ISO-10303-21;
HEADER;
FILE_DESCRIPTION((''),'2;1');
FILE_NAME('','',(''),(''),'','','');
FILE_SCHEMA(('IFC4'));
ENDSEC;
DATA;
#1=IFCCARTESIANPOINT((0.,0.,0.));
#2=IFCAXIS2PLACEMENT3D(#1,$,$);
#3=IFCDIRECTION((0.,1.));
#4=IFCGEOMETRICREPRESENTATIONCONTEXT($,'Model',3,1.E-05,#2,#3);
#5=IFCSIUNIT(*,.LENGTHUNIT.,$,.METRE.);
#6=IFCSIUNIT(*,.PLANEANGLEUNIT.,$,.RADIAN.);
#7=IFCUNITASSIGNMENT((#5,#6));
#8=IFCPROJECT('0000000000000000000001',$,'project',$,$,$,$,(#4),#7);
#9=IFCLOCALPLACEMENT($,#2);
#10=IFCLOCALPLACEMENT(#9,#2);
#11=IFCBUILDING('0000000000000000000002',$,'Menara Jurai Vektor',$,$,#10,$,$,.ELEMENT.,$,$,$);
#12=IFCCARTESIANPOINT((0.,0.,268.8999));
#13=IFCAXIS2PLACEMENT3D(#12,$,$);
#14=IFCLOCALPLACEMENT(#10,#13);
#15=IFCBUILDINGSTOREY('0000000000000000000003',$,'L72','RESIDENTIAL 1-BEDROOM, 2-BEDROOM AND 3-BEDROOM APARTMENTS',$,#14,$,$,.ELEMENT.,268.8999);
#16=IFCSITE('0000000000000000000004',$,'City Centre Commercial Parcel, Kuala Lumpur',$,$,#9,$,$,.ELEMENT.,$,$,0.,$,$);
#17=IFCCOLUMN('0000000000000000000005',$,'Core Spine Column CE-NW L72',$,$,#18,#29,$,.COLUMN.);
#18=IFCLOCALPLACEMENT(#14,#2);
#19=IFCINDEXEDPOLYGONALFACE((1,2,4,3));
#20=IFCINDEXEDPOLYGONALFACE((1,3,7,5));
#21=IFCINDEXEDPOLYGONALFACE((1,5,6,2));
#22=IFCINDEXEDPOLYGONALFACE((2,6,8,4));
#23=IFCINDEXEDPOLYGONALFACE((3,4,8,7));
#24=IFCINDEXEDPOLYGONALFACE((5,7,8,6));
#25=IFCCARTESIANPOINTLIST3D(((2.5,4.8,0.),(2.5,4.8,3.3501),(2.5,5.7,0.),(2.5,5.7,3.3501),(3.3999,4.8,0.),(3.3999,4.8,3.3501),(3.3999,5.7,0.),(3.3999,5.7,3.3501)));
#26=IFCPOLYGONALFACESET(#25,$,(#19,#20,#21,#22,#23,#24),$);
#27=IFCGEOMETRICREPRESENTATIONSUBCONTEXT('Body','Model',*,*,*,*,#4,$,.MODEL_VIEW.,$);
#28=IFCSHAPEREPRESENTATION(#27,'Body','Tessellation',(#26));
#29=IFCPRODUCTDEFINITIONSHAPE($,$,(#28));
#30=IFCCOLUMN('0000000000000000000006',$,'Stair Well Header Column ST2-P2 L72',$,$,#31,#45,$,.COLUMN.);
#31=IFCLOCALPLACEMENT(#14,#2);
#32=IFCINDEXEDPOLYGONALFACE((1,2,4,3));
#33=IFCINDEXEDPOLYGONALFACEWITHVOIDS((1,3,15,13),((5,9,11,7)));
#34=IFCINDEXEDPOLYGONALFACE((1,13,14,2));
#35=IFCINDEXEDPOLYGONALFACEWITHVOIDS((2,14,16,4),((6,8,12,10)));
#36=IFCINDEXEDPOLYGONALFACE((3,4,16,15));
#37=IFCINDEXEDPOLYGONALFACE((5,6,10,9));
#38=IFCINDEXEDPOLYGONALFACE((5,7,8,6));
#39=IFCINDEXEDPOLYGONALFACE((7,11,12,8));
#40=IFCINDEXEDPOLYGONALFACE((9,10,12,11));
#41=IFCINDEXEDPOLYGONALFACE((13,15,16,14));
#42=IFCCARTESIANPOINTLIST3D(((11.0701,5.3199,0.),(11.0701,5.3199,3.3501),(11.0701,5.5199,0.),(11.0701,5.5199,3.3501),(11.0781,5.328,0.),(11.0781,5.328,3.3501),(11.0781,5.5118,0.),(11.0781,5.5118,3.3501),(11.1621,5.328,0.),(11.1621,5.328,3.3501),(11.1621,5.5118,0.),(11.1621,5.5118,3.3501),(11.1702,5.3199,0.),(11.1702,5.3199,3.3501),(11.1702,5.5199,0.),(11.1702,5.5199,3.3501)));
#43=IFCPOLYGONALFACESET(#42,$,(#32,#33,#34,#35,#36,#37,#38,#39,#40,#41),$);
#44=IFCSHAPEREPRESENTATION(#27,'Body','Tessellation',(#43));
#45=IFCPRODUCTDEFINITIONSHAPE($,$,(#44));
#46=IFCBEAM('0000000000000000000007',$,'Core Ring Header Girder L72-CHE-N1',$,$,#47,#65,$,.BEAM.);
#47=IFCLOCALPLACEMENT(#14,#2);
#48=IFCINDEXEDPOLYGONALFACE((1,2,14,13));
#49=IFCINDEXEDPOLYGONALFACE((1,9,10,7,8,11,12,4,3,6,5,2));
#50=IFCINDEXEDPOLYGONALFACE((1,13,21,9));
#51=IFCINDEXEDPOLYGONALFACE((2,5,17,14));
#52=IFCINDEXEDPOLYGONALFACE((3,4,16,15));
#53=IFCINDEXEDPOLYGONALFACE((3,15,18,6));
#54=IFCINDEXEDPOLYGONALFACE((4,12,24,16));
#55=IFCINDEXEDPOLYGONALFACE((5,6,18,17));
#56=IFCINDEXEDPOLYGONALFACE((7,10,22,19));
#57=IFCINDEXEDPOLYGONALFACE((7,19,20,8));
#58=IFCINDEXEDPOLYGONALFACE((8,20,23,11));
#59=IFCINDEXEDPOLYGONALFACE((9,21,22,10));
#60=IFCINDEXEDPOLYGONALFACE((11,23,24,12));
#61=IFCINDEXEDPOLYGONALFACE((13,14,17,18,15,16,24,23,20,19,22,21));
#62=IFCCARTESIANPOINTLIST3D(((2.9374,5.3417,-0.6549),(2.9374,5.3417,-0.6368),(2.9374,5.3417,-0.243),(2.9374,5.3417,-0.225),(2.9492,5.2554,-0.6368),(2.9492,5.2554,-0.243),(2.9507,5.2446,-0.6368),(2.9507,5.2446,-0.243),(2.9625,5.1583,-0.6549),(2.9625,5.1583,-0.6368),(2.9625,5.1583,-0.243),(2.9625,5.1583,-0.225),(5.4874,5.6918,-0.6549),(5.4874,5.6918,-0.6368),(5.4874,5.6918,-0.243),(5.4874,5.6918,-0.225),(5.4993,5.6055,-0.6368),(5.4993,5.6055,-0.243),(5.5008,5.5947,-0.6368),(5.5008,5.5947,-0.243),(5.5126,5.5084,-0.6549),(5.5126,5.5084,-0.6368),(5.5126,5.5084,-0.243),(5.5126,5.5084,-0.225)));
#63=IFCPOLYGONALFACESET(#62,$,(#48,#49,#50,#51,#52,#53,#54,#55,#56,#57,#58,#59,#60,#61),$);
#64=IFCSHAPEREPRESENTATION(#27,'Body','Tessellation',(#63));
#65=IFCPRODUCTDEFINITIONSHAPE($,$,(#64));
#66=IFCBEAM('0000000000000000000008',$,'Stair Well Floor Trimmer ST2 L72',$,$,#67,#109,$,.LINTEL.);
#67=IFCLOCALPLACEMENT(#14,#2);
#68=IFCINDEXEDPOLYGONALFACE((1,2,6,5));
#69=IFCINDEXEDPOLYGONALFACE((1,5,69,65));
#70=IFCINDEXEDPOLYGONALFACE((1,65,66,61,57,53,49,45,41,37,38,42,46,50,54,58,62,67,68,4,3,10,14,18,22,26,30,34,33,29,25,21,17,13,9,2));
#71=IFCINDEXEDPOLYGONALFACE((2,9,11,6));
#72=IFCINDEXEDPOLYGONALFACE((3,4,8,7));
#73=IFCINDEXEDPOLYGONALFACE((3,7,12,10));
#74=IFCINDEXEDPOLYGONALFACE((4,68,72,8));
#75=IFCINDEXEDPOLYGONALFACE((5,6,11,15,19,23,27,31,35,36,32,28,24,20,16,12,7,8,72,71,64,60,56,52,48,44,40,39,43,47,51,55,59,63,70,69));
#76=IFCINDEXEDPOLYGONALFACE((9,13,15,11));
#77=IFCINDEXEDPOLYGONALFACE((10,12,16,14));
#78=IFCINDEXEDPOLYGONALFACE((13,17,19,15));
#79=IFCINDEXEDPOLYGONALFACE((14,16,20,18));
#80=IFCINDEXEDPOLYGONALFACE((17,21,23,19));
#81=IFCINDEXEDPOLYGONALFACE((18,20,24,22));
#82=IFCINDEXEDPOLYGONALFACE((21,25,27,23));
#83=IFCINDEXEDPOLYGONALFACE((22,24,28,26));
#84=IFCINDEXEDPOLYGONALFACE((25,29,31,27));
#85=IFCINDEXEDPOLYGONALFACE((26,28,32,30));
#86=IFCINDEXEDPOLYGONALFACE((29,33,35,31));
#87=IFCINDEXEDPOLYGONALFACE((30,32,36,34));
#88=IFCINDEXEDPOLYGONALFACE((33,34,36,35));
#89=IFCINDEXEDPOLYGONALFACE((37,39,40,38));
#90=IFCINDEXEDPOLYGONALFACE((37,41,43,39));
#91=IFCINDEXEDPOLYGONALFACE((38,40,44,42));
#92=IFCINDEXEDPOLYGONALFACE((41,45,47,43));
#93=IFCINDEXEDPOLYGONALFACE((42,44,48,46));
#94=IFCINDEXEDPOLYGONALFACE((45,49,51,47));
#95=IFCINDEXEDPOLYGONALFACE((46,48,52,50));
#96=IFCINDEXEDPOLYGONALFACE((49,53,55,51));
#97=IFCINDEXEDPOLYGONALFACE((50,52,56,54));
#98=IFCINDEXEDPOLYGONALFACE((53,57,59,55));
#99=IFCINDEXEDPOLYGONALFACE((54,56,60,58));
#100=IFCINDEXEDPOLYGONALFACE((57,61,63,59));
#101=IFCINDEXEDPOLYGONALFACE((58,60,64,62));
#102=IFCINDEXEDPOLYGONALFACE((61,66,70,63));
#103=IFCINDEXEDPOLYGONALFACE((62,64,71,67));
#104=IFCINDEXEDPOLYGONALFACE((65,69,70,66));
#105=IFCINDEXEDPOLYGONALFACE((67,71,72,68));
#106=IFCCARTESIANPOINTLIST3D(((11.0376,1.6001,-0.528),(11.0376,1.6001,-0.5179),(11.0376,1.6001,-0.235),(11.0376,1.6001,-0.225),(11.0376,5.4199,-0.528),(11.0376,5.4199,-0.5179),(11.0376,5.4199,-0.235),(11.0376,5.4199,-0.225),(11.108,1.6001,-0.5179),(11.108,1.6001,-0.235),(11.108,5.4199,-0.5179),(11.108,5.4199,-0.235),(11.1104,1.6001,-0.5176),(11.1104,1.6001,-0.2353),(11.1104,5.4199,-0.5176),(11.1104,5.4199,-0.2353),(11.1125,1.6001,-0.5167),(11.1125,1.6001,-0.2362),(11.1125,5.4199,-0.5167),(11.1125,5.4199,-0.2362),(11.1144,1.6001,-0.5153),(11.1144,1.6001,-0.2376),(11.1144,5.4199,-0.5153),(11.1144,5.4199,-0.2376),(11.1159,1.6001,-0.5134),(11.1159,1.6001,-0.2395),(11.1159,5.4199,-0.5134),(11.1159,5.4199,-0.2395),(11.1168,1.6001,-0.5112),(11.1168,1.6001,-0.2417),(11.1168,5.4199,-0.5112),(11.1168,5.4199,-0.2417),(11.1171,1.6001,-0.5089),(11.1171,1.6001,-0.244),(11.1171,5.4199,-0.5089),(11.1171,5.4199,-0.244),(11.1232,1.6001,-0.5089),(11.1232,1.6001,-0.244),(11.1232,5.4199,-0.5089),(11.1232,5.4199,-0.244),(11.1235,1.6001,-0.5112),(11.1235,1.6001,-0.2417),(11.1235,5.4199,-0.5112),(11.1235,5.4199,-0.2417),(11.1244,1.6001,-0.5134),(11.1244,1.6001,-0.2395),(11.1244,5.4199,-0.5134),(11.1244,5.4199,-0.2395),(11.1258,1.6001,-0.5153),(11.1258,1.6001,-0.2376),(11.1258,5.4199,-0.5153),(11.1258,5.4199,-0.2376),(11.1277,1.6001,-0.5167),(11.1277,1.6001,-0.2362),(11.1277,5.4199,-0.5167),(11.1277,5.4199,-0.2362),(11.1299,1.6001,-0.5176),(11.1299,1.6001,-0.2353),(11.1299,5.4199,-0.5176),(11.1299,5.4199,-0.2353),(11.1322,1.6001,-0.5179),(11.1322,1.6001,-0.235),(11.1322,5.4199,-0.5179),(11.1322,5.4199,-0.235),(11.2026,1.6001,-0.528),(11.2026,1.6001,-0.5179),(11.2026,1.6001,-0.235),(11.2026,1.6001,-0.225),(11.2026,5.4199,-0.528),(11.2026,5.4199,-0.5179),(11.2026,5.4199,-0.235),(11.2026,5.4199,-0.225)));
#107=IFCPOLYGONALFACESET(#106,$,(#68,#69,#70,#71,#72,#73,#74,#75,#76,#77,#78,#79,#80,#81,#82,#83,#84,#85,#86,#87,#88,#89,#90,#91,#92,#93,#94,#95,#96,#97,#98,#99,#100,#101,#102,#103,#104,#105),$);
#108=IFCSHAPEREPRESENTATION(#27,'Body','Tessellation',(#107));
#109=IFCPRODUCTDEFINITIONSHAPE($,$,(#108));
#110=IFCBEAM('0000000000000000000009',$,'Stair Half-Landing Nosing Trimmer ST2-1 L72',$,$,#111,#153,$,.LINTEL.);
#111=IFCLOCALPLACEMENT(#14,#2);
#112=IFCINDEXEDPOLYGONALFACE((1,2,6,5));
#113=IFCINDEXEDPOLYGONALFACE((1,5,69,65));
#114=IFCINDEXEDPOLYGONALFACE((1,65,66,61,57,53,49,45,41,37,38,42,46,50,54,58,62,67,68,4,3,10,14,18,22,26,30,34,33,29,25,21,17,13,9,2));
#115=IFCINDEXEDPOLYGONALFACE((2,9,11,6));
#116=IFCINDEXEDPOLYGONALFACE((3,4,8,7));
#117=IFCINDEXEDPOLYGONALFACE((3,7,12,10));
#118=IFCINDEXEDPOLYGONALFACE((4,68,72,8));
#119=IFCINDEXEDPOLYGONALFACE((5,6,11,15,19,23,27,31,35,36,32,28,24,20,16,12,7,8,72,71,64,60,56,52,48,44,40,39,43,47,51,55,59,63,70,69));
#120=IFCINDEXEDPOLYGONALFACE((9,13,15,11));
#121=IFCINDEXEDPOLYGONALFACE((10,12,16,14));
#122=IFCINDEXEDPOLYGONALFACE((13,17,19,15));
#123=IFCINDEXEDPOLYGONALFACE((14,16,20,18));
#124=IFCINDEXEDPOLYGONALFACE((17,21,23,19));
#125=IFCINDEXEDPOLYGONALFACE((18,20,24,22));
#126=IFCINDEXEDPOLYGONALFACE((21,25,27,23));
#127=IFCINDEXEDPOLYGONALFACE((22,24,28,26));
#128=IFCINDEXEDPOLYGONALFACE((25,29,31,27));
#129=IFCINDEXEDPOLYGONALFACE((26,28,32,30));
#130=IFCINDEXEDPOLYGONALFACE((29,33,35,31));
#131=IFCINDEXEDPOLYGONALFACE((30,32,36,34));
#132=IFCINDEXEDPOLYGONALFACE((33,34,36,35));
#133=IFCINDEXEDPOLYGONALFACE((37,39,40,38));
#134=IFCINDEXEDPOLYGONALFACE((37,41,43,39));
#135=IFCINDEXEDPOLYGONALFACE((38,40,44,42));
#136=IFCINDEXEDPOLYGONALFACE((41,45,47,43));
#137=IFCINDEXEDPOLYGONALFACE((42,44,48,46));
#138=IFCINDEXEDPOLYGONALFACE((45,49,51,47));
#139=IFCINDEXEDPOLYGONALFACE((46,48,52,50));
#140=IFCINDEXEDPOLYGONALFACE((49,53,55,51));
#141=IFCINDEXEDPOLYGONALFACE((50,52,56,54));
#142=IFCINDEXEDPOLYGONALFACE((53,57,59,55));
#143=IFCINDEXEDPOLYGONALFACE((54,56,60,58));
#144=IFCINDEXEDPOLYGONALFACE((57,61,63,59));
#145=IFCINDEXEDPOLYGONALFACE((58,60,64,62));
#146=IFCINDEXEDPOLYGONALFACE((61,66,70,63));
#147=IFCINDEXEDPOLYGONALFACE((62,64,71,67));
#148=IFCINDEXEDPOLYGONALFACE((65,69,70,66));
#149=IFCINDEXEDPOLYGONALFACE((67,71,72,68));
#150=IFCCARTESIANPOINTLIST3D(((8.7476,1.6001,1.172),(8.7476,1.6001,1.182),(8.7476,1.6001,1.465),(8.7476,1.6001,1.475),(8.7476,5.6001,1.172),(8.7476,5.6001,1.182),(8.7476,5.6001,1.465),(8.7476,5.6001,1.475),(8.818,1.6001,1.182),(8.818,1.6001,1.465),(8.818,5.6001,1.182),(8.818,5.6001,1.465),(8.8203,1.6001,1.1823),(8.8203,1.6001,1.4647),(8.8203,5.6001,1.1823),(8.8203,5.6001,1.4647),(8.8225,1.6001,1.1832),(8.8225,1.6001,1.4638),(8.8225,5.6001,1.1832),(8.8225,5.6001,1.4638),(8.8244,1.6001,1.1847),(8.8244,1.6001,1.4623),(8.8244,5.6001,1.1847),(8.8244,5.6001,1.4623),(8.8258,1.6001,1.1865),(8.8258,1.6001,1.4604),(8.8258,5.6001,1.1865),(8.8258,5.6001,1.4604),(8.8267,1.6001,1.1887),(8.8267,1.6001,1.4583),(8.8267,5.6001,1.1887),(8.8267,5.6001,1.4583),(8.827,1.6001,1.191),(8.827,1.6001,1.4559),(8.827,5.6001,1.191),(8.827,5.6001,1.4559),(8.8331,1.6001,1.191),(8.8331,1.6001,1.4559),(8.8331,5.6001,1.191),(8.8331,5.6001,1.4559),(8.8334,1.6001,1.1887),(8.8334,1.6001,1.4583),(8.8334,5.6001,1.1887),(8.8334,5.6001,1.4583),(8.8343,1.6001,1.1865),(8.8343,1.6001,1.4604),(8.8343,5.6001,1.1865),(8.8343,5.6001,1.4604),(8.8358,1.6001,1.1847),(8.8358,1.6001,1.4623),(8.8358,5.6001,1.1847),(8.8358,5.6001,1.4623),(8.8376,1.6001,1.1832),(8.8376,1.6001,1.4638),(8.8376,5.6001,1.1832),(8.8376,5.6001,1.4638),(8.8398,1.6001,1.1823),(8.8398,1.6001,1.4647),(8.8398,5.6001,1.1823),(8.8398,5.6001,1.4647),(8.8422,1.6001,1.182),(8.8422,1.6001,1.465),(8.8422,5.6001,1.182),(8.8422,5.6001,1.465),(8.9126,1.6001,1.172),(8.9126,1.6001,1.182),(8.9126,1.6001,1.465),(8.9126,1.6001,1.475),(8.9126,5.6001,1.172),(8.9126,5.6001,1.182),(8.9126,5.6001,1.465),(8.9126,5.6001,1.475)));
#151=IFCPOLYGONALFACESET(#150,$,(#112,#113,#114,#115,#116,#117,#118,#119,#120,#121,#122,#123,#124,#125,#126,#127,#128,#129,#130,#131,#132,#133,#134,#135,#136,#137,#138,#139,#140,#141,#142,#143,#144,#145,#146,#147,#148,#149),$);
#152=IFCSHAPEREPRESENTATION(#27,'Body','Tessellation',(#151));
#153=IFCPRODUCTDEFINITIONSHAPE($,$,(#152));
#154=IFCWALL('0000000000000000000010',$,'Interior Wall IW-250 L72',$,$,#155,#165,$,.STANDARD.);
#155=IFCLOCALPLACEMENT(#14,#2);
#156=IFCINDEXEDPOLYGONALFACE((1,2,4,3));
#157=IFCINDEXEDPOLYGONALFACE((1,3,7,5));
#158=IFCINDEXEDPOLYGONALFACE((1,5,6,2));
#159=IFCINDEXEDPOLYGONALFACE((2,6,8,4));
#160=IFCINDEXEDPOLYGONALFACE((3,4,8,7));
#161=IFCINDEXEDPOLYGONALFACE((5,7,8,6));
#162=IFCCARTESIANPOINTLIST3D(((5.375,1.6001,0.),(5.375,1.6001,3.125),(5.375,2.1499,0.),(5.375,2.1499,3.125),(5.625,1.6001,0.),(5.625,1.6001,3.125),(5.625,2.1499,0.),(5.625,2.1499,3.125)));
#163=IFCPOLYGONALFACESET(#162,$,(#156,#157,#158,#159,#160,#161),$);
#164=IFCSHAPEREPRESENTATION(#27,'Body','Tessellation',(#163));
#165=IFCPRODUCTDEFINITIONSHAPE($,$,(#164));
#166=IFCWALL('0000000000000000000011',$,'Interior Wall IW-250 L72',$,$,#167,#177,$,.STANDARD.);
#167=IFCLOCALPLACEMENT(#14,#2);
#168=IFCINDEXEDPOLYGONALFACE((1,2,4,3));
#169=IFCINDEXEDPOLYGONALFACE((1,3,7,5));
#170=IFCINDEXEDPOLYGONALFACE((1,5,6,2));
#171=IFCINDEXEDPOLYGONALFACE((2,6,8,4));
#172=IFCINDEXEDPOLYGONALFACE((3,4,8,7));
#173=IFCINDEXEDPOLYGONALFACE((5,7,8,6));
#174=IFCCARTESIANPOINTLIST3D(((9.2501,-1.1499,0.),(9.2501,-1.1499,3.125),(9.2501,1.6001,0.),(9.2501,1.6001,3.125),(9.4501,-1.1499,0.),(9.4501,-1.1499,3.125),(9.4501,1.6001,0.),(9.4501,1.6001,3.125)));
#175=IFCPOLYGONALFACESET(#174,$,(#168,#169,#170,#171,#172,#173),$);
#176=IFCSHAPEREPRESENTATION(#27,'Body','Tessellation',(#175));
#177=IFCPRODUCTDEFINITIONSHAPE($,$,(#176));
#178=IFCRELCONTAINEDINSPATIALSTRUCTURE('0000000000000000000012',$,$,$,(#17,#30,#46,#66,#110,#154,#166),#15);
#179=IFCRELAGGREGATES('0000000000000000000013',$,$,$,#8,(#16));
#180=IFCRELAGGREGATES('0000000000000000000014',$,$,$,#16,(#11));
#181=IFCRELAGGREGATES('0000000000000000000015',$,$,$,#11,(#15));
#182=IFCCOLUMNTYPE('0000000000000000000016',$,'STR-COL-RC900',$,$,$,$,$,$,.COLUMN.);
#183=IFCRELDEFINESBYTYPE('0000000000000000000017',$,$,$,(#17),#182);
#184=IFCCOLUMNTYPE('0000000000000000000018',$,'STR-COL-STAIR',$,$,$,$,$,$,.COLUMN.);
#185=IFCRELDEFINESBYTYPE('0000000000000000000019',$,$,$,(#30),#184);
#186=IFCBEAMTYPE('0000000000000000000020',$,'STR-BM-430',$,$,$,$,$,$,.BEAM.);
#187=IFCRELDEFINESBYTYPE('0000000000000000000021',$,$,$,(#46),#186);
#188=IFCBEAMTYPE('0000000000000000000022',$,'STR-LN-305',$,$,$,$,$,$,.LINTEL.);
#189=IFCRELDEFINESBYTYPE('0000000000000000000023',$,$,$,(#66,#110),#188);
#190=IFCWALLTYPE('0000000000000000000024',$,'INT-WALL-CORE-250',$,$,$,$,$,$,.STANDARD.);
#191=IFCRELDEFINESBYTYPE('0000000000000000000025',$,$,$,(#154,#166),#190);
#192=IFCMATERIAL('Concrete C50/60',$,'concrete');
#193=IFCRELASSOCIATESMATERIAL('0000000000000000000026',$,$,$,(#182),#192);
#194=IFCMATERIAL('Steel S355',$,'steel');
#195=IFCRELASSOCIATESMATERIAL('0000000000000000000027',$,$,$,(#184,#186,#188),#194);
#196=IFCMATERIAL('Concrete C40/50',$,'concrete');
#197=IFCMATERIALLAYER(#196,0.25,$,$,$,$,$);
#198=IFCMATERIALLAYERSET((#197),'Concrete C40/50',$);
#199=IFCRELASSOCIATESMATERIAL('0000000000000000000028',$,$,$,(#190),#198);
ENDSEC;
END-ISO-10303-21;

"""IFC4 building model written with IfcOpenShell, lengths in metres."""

from ifc_helpers import new_model, si_unit, direction, frame, frame_2d, origin, origin_2d, place, context, subcontext, project, spatial, rectangle, hollow_rectangle, i_section, extrude, material, layer, layer_set, material_profile, profile_set, type_object, element, save


model = new_model("IFC4")

# Units and contexts
model_context = context("Model", 3, precision=1e-05, world=origin(), true_north=direction((0.0, 1.0)))
body_context = subcontext(model_context, "Body", "Model", "MODEL_VIEW")
ifc_project = project(units=[si_unit("LENGTHUNIT", "METRE"), si_unit("PLANEANGLEUNIT", "RADIAN")], contexts=[model_context])

# Site, building, storey
site_placement = place(None, origin())
site = spatial("IfcSite", under=ifc_project, at=site_placement, Name="City Centre Commercial Parcel, Kuala Lumpur", CompositionType="ELEMENT", RefElevation=0.0)
building_placement = place(site_placement, origin())
building = spatial("IfcBuilding", under=site, at=building_placement, Name="Menara Jurai Vektor", CompositionType="ELEMENT")
storey_placement = place(building_placement, frame((0.0, 0.0, 268.8999)))
storey = spatial("IfcBuildingStorey", under=building, at=storey_placement, Name="L72", Description="RESIDENTIAL 1-BEDROOM, 2-BEDROOM AND 3-BEDROOM APARTMENTS", CompositionType="ELEMENT", Elevation=268.8999)

# Columns
ifc_material_1 = material(Name="Concrete C50/60", Category="concrete")
ifc_material_profile_1 = material_profile(ifc_material_1, rectangle(XDim=0.8999, YDim=0.8999, at=origin_2d()), Name="RC 900x900")
ifc_profile_set_1 = profile_set([ifc_material_profile_1], Name="Concrete C50/60")
column_type_1 = type_object("IfcColumnType", Name="STR-COL-RC900", PredefinedType="COLUMN", material=ifc_profile_set_1)
column_1_placement = place(storey_placement, frame((2.95, 5.25, 0.0), z_axis=(0.0, 0.0, 1.0), x_axis=(1.0, 0.0, 0.0)))
element("IfcColumn", 1, at=column_1_placement, inside=storey, type_object=column_type_1, Name="Core Spine Column CE-NW L72", PredefinedType="COLUMN", context=body_context, shape_type="SweptSolid", body=[
    extrude(rectangle(XDim=0.8999, YDim=0.8999, at=origin_2d()), origin(), (0.0, 0.0, 1.0), 3.3501),
])
ifc_material_2 = material(Name="Steel S355", Category="steel")
ifc_material_profile_2 = material_profile(ifc_material_2, hollow_rectangle(XDim=0.1001, YDim=0.2, WallThickness=0.0081, at=origin_2d()), Name="RHS 200x100x8")
ifc_profile_set_2 = profile_set([ifc_material_profile_2], Name="Steel S355")
column_type_2 = type_object("IfcColumnType", Name="STR-COL-STAIR", PredefinedType="COLUMN", material=ifc_profile_set_2)
column_2_placement = place(storey_placement, frame((11.1201, 5.4199, 0.0), z_axis=(0.0, 0.0, 1.0), x_axis=(1.0, 0.0, 0.0)))
element("IfcColumn", 2, at=column_2_placement, inside=storey, type_object=column_type_2, Name="Stair Well Header Column ST2-P2 L72", PredefinedType="COLUMN", context=body_context, shape_type="SweptSolid", body=[
    extrude(hollow_rectangle(XDim=0.1001, YDim=0.2, WallThickness=0.0081, at=origin_2d()), origin(), (0.0, 0.0, 1.0), 3.3501),
])

# Beams
ifc_material_profile_3 = material_profile(ifc_material_2, i_section(OverallWidth=0.1851, OverallDepth=0.4299, WebThickness=0.011, FlangeThickness=0.0181, at=origin_2d()), Name="PG 430x185x76")
ifc_profile_set_3 = profile_set([ifc_material_profile_3], Name="Steel S355")
beam_type_1 = type_object("IfcBeamType", Name="STR-BM-430", PredefinedType="BEAM", material=ifc_profile_set_3)
beam_1_placement = place(storey_placement, frame((2.95, 5.25, -0.4399), z_axis=(0.990707, 0.136015, 0.0), x_axis=(-0.136015, 0.990707, 0.0)))
element("IfcBeam", 3, at=beam_1_placement, inside=storey, type_object=beam_type_1, Name="Core Ring Header Girder L72-CHE-N1", PredefinedType="BEAM", context=body_context, shape_type="SweptSolid", body=[
    extrude(i_section(OverallWidth=0.1851, OverallDepth=0.4299, WebThickness=0.011, FlangeThickness=0.0181, at=origin_2d()), origin(), (0.0, 0.0, 1.0), 2.574),
])
ifc_material_profile_4 = material_profile(ifc_material_2, i_section(OverallWidth=0.165, OverallDepth=0.303, WebThickness=0.0061, FlangeThickness=0.01, FilletRadius=0.009, at=origin_2d()), Name="UKB 305x165x40")
ifc_profile_set_4 = profile_set([ifc_material_profile_4], Name="Steel S355")
beam_type_2 = type_object("IfcBeamType", Name="STR-LN-305", PredefinedType="LINTEL", material=ifc_profile_set_4)
beam_2_placement = place(storey_placement, frame((11.1201, 1.6001, -0.3765), z_axis=(0.0, 1.0, 0.0), x_axis=(-1.0, 0.0, 0.0)))
element("IfcBeam", 4, at=beam_2_placement, inside=storey, type_object=beam_type_2, Name="Stair Well Floor Trimmer ST2 L72", PredefinedType="LINTEL", context=body_context, shape_type="SweptSolid", body=[
    extrude(i_section(OverallWidth=0.165, OverallDepth=0.303, WebThickness=0.0061, FlangeThickness=0.01, FilletRadius=0.009, at=origin_2d()), origin(), (0.0, 0.0, 1.0), 3.8198),
])
beam_3_placement = place(storey_placement, frame((8.8301, 1.6001, 1.3235), z_axis=(0.0, 1.0, 0.0), x_axis=(-1.0, 0.0, 0.0)))
element("IfcBeam", 5, at=beam_3_placement, inside=storey, type_object=beam_type_2, Name="Stair Half-Landing Nosing Trimmer ST2-1 L72", PredefinedType="LINTEL", context=body_context, shape_type="SweptSolid", body=[
    extrude(i_section(OverallWidth=0.165, OverallDepth=0.303, WebThickness=0.0061, FlangeThickness=0.01, FilletRadius=0.009, at=origin_2d()), origin(), (0.0, 0.0, 1.0), 4.0),
])

# Shared definitions
ifc_material_3 = material(Name="Concrete C40/50", Category="concrete")
ifc_layer_1 = layer(ifc_material_3, 0.25)
ifc_layer_set_1 = layer_set([ifc_layer_1], Name="Concrete C40/50")
wall_type_1 = type_object("IfcWallType", Name="INT-WALL-CORE-250", PredefinedType="STANDARD", material=ifc_layer_set_1)

# Wall
wall_1_placement = place(storey_placement, frame((5.5, 1.6001, 0.0), z_axis=(0.0, 0.0, 1.0), x_axis=(0.0, 1.0, 0.0)))
element("IfcWall", 6, at=wall_1_placement, inside=storey, type_object=wall_type_1, Name="Interior Wall IW-250 L72", PredefinedType="STANDARD", context=body_context, shape_type="SweptSolid", body=[
    extrude(rectangle(XDim=0.5498, YDim=0.25, at=frame_2d((0.2749, 0.0))), origin(), (0.0, 0.0, 1.0), 3.125),
])

# Wall
wall_2_placement = place(storey_placement, frame((9.3501, -1.1499, 0.0), z_axis=(0.0, 0.0, 1.0), x_axis=(0.0, 1.0, 0.0)))
element("IfcWall", 7, at=wall_2_placement, inside=storey, type_object=wall_type_1, Name="Interior Wall IW-250 L72", PredefinedType="STANDARD", context=body_context, shape_type="SweptSolid", body=[
    extrude(rectangle(XDim=2.75, YDim=0.2, at=frame_2d((1.375, 0.0))), origin(), (0.0, 0.0, 1.0), 3.125),
])

save(model, "model.ifc")
